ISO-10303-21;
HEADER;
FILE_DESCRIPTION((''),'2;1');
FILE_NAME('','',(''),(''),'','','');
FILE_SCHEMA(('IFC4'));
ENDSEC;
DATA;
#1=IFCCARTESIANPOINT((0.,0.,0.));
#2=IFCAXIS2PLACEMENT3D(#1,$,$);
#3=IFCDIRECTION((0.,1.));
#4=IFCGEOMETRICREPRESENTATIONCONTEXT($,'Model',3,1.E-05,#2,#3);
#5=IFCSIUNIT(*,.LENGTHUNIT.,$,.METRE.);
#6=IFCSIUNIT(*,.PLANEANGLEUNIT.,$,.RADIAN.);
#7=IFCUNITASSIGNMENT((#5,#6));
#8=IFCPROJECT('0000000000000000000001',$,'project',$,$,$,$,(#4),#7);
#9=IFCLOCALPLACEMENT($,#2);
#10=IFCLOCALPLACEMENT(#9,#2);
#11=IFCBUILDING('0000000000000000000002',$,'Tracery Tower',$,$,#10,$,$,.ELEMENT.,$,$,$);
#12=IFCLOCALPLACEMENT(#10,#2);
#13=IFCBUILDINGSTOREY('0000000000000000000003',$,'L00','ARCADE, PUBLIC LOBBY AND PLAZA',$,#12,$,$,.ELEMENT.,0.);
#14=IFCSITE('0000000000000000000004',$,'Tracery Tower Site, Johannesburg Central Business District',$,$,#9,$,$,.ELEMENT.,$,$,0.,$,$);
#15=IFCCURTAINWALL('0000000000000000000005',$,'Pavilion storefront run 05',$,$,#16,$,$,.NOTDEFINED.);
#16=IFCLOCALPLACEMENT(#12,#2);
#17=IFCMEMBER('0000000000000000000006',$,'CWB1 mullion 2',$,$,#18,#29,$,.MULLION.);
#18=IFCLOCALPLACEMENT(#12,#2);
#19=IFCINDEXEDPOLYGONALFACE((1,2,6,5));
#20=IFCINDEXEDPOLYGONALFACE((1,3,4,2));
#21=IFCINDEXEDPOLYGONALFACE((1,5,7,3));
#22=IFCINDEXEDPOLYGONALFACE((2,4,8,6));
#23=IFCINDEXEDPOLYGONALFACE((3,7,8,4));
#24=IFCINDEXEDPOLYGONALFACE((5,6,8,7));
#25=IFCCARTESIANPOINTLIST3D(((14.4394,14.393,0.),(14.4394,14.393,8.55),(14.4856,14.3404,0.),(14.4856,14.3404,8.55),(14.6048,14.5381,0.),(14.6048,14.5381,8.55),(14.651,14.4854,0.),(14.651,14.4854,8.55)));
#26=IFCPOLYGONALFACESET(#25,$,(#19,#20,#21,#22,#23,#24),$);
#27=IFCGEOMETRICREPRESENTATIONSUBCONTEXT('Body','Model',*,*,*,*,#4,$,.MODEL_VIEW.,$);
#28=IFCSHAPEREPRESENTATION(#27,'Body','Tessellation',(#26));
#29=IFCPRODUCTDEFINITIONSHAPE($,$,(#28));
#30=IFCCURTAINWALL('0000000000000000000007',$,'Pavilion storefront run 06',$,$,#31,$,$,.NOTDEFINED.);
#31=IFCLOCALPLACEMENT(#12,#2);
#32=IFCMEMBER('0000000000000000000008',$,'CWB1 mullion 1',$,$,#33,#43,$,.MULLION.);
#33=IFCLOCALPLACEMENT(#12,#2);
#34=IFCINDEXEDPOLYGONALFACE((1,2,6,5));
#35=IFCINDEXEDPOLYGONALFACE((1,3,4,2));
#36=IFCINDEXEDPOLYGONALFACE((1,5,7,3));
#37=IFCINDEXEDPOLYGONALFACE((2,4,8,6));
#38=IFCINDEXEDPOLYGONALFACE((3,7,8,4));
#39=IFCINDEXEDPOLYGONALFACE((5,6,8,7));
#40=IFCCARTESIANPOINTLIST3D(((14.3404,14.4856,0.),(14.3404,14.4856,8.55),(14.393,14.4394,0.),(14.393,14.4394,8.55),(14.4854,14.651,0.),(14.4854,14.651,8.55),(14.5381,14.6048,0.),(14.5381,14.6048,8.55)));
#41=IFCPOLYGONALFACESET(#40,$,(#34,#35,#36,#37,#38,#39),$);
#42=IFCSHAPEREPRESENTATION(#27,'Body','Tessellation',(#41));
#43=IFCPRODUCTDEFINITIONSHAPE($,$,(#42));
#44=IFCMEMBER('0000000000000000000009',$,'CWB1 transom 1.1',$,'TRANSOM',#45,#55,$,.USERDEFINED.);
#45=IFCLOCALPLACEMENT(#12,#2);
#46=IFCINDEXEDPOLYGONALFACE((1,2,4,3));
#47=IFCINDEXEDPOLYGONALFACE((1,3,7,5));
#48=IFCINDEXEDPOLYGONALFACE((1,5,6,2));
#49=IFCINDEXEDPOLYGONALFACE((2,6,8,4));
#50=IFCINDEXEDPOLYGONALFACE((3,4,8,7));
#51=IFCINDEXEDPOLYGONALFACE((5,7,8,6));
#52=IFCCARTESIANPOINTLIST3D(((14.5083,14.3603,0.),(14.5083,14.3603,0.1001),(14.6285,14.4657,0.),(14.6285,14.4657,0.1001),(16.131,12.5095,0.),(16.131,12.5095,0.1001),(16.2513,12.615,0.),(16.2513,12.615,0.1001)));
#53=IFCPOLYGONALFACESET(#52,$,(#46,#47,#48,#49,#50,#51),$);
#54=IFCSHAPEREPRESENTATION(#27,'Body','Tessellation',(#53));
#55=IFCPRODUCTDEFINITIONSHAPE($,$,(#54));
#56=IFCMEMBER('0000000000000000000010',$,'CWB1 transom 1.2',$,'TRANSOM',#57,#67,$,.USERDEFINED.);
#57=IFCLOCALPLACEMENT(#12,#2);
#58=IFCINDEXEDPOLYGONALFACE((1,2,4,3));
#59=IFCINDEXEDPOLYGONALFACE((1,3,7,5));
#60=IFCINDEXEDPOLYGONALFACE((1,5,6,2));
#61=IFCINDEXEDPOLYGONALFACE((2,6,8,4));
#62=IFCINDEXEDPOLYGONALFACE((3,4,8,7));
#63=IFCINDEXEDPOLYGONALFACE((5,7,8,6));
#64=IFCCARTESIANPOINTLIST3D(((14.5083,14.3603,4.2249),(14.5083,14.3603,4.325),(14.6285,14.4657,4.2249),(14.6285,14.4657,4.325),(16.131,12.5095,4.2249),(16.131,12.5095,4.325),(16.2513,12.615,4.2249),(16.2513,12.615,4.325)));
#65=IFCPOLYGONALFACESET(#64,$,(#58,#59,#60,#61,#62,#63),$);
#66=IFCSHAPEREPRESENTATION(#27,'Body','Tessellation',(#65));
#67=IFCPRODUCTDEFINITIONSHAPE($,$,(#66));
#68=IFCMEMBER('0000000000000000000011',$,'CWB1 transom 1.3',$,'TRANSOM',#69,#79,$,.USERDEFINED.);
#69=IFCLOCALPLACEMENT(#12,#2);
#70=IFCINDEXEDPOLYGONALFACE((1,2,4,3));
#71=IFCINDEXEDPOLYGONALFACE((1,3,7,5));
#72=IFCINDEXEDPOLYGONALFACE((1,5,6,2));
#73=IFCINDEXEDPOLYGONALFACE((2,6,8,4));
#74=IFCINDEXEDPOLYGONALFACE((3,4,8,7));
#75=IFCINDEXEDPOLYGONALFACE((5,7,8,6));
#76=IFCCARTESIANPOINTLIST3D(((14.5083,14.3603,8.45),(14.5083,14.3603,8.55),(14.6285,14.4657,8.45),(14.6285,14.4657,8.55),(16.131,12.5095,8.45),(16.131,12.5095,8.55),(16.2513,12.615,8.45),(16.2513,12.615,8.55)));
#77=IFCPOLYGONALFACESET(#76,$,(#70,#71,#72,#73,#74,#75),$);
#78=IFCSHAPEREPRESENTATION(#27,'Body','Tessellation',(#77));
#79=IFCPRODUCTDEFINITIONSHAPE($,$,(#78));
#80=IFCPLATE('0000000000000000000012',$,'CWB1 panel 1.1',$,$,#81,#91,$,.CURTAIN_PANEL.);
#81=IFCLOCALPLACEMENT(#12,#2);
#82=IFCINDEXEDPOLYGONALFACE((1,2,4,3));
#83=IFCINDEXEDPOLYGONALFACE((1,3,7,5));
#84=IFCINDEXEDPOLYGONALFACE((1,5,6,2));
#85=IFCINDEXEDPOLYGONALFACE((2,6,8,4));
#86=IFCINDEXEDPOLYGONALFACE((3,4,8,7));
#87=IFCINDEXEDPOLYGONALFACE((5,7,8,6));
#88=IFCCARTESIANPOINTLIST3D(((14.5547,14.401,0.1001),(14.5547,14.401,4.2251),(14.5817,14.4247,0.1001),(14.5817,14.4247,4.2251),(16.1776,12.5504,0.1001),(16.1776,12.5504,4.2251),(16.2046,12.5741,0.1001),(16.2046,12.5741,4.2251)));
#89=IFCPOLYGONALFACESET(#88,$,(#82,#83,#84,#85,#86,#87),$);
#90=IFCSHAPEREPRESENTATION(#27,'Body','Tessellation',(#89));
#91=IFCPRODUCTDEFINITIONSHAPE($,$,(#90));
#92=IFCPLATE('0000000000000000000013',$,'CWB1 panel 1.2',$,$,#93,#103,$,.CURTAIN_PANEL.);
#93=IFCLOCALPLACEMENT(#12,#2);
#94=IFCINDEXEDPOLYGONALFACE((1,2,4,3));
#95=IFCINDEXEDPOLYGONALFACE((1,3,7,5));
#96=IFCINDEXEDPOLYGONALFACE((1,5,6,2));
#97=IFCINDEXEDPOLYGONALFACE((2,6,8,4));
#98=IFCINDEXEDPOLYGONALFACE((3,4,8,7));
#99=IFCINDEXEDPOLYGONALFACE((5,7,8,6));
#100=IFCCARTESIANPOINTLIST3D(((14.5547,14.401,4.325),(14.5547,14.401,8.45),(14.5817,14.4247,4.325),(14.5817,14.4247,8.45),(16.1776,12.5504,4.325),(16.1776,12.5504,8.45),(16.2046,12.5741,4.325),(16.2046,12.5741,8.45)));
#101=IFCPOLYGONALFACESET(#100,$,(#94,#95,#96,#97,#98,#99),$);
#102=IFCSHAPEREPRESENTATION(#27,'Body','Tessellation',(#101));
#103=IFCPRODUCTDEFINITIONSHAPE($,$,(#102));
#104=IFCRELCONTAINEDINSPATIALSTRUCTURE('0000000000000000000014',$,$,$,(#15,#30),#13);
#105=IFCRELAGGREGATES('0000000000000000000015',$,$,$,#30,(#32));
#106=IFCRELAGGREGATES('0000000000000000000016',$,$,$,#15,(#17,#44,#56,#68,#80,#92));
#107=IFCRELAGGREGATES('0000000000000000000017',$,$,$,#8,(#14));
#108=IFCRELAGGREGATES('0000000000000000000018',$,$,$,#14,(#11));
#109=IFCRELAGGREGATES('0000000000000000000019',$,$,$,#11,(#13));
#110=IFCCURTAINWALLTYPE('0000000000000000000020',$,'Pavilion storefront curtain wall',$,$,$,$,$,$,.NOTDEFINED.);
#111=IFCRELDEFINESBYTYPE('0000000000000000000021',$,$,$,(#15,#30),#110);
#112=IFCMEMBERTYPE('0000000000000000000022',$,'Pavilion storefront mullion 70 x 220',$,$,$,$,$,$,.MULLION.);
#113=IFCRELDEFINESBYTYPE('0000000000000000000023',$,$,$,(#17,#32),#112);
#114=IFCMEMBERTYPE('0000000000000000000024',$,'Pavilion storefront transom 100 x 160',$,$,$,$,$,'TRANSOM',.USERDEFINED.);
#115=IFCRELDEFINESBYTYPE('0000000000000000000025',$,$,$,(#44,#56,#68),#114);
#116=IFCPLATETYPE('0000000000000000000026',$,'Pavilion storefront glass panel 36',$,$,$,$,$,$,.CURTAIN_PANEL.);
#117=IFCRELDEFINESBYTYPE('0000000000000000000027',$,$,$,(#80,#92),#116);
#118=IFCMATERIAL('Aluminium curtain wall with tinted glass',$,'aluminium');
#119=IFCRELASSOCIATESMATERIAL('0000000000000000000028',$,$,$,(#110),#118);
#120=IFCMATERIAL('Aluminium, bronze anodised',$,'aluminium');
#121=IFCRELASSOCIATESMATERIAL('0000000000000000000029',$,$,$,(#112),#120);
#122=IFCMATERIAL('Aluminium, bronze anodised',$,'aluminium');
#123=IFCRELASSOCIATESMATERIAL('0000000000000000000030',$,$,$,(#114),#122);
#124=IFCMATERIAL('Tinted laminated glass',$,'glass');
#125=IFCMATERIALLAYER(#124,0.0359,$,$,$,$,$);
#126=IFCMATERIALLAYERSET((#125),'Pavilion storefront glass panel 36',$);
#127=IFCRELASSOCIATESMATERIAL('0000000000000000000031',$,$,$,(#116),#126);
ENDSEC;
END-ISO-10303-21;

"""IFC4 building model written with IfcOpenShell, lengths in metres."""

from ifc_helpers import new_model, si_unit, direction, frame, origin, origin_2d, place, context, subcontext, project, spatial, rectangle, extrude, material, layer, layer_set, material_profile, profile_set, type_object, element, aggregate, save


model = new_model("IFC4")

# Units and contexts
model_context = context("Model", 3, precision=1e-05, world=origin(), true_north=direction((0.0, 1.0)))
body_context = subcontext(model_context, "Body", "Model", "MODEL_VIEW")
ifc_project = project(units=[si_unit("LENGTHUNIT", "METRE"), si_unit("PLANEANGLEUNIT", "RADIAN")], contexts=[model_context])

# Site, building, storey
site_placement = place(None, origin())
site = spatial("IfcSite", under=ifc_project, at=site_placement, Name="Tracery Tower Site, Johannesburg Central Business District", CompositionType="ELEMENT", RefElevation=0.0)
building_placement = place(site_placement, origin())
building = spatial("IfcBuilding", under=site, at=building_placement, Name="Tracery Tower", CompositionType="ELEMENT")
storey_placement = place(building_placement, origin())
storey = spatial("IfcBuildingStorey", under=building, at=storey_placement, Name="L00", Description="ARCADE, PUBLIC LOBBY AND PLAZA", CompositionType="ELEMENT", Elevation=0.0)

# Shared definitions
ifc_material_1 = material(Name="Aluminium curtain wall with tinted glass", Category="aluminium")
curtain_wall_type = type_object("IfcCurtainWallType", Name="Pavilion storefront curtain wall", PredefinedType="NOTDEFINED", material=ifc_material_1)
ifc_material_2 = material(Name="Aluminium, bronze anodised", Category="aluminium")
ifc_material_profile_1 = material_profile(ifc_material_2, rectangle(XDim=0.22, YDim=0.0701, at=origin_2d()), Name="Pavilion storefront mullion 70 x 220")
ifc_profile_set_1 = profile_set([ifc_material_profile_1], Name="Aluminium, bronze anodised")
member_type_1 = type_object("IfcMemberType", Name="Pavilion storefront mullion 70 x 220", PredefinedType="MULLION", material=ifc_profile_set_1)

# Curtain wall, member
curtain_wall_1_placement = place(storey_placement, origin())
curtain_wall_1 = element("IfcCurtainWall", 1, at=curtain_wall_1_placement, inside=storey, type_object=curtain_wall_type, Name="Pavilion storefront run 05", PredefinedType="NOTDEFINED")
member_1_placement = place(storey_placement, frame((14.5452, 14.4392, 0.0), z_axis=(0.0, 0.0, 1.0), x_axis=(-0.751836, -0.659351, 0.0)))
member_1 = element("IfcMember", 2, at=member_1_placement, type_object=member_type_1, Name="CWB1 mullion 2", PredefinedType="MULLION", context=body_context, shape_type="SweptSolid", body=[
    extrude(rectangle(XDim=0.22, YDim=0.0701, at=origin_2d()), origin(), (0.0, 0.0, 1.0), 8.55),
])

# Curtain wall, member
curtain_wall_2_placement = place(storey_placement, origin())
curtain_wall_2 = element("IfcCurtainWall", 3, at=curtain_wall_2_placement, inside=storey, type_object=curtain_wall_type, Name="Pavilion storefront run 06", PredefinedType="NOTDEFINED")
member_2_placement = place(storey_placement, frame((14.4392, 14.5452, 0.0), z_axis=(0.0, 0.0, 1.0), x_axis=(-0.659351, -0.751836, 0.0)))
member_2 = element("IfcMember", 4, at=member_2_placement, type_object=member_type_1, Name="CWB1 mullion 1", PredefinedType="MULLION", context=body_context, shape_type="SweptSolid", body=[
    extrude(rectangle(XDim=0.22, YDim=0.0701, at=origin_2d()), origin(), (0.0, 0.0, 1.0), 8.55),
])
aggregate(curtain_wall_2, [member_2])

# Members
ifc_material_3 = material(Name="Aluminium, bronze anodised", Category="aluminium")
ifc_material_profile_2 = material_profile(ifc_material_3, rectangle(XDim=0.1599, YDim=0.1001, at=origin_2d()), Name="Pavilion storefront transom 100 x 160")
ifc_profile_set_2 = profile_set([ifc_material_profile_2], Name="Aluminium, bronze anodised")
member_type_2 = type_object("IfcMemberType", Name="Pavilion storefront transom 100 x 160", ElementType="TRANSOM", PredefinedType="USERDEFINED", material=ifc_profile_set_2)
member_3_placement = place(storey_placement, frame((16.1912, 12.5623, 0.05), z_axis=(-0.65927, 0.751907, 0.0), x_axis=(-0.751907, -0.65927, 0.0)))
member_3 = element("IfcMember", 5, at=member_3_placement, type_object=member_type_2, Name="CWB1 transom 1.1", ObjectType="TRANSOM", PredefinedType="USERDEFINED", context=body_context, shape_type="SweptSolid", body=[
    extrude(rectangle(XDim=0.1599, YDim=0.1001, at=origin_2d()), origin(), (0.0, 0.0, 1.0), 2.4614),
])
member_4_placement = place(storey_placement, frame((16.1912, 12.5623, 4.2749), z_axis=(-0.65927, 0.751907, 0.0), x_axis=(-0.751907, -0.65927, 0.0)))
member_4 = element("IfcMember", 6, at=member_4_placement, type_object=member_type_2, Name="CWB1 transom 1.2", ObjectType="TRANSOM", PredefinedType="USERDEFINED", context=body_context, shape_type="SweptSolid", body=[
    extrude(rectangle(XDim=0.1599, YDim=0.1001, at=origin_2d()), origin(), (0.0, 0.0, 1.0), 2.4614),
])
member_5_placement = place(storey_placement, frame((16.1912, 12.5623, 8.5), z_axis=(-0.65927, 0.751907, 0.0), x_axis=(-0.751907, -0.65927, 0.0)))
member_5 = element("IfcMember", 7, at=member_5_placement, type_object=member_type_2, Name="CWB1 transom 1.3", ObjectType="TRANSOM", PredefinedType="USERDEFINED", context=body_context, shape_type="SweptSolid", body=[
    extrude(rectangle(XDim=0.1599, YDim=0.1001, at=origin_2d()), origin(), (0.0, 0.0, 1.0), 2.4614),
])

# Plates
ifc_material_4 = material(Name="Tinted laminated glass", Category="glass")
ifc_layer = layer(ifc_material_4, 0.0359)
ifc_layer_set = layer_set([ifc_layer], Name="Pavilion storefront glass panel 36")
plate_type = type_object("IfcPlateType", Name="Pavilion storefront glass panel 36", PredefinedType="CURTAIN_PANEL", material=ifc_layer_set)
plate_1_placement = place(storey_placement, frame((15.3796, 13.4875, 0.1001), z_axis=(0.0, 0.0, 1.0), x_axis=(-0.659351, 0.751836, 0.0)))
plate_1 = element("IfcPlate", 8, at=plate_1_placement, type_object=plate_type, Name="CWB1 panel 1.1", PredefinedType="CURTAIN_PANEL", context=body_context, shape_type="SweptSolid", body=[
    extrude(rectangle(XDim=2.4614, YDim=0.0359, at=origin_2d()), origin(), (0.0, 0.0, 1.0), 4.125),
])
plate_2_placement = place(storey_placement, frame((15.3796, 13.4875, 4.325), z_axis=(0.0, 0.0, 1.0), x_axis=(-0.659351, 0.751836, 0.0)))
plate_2 = element("IfcPlate", 9, at=plate_2_placement, type_object=plate_type, Name="CWB1 panel 1.2", PredefinedType="CURTAIN_PANEL", context=body_context, shape_type="SweptSolid", body=[
    extrude(rectangle(XDim=2.4614, YDim=0.0359, at=origin_2d()), origin(), (0.0, 0.0, 1.0), 4.125),
])
aggregate(curtain_wall_1, [member_1, member_3, member_4, member_5, plate_1, plate_2])

save(model, "model.ifc")
